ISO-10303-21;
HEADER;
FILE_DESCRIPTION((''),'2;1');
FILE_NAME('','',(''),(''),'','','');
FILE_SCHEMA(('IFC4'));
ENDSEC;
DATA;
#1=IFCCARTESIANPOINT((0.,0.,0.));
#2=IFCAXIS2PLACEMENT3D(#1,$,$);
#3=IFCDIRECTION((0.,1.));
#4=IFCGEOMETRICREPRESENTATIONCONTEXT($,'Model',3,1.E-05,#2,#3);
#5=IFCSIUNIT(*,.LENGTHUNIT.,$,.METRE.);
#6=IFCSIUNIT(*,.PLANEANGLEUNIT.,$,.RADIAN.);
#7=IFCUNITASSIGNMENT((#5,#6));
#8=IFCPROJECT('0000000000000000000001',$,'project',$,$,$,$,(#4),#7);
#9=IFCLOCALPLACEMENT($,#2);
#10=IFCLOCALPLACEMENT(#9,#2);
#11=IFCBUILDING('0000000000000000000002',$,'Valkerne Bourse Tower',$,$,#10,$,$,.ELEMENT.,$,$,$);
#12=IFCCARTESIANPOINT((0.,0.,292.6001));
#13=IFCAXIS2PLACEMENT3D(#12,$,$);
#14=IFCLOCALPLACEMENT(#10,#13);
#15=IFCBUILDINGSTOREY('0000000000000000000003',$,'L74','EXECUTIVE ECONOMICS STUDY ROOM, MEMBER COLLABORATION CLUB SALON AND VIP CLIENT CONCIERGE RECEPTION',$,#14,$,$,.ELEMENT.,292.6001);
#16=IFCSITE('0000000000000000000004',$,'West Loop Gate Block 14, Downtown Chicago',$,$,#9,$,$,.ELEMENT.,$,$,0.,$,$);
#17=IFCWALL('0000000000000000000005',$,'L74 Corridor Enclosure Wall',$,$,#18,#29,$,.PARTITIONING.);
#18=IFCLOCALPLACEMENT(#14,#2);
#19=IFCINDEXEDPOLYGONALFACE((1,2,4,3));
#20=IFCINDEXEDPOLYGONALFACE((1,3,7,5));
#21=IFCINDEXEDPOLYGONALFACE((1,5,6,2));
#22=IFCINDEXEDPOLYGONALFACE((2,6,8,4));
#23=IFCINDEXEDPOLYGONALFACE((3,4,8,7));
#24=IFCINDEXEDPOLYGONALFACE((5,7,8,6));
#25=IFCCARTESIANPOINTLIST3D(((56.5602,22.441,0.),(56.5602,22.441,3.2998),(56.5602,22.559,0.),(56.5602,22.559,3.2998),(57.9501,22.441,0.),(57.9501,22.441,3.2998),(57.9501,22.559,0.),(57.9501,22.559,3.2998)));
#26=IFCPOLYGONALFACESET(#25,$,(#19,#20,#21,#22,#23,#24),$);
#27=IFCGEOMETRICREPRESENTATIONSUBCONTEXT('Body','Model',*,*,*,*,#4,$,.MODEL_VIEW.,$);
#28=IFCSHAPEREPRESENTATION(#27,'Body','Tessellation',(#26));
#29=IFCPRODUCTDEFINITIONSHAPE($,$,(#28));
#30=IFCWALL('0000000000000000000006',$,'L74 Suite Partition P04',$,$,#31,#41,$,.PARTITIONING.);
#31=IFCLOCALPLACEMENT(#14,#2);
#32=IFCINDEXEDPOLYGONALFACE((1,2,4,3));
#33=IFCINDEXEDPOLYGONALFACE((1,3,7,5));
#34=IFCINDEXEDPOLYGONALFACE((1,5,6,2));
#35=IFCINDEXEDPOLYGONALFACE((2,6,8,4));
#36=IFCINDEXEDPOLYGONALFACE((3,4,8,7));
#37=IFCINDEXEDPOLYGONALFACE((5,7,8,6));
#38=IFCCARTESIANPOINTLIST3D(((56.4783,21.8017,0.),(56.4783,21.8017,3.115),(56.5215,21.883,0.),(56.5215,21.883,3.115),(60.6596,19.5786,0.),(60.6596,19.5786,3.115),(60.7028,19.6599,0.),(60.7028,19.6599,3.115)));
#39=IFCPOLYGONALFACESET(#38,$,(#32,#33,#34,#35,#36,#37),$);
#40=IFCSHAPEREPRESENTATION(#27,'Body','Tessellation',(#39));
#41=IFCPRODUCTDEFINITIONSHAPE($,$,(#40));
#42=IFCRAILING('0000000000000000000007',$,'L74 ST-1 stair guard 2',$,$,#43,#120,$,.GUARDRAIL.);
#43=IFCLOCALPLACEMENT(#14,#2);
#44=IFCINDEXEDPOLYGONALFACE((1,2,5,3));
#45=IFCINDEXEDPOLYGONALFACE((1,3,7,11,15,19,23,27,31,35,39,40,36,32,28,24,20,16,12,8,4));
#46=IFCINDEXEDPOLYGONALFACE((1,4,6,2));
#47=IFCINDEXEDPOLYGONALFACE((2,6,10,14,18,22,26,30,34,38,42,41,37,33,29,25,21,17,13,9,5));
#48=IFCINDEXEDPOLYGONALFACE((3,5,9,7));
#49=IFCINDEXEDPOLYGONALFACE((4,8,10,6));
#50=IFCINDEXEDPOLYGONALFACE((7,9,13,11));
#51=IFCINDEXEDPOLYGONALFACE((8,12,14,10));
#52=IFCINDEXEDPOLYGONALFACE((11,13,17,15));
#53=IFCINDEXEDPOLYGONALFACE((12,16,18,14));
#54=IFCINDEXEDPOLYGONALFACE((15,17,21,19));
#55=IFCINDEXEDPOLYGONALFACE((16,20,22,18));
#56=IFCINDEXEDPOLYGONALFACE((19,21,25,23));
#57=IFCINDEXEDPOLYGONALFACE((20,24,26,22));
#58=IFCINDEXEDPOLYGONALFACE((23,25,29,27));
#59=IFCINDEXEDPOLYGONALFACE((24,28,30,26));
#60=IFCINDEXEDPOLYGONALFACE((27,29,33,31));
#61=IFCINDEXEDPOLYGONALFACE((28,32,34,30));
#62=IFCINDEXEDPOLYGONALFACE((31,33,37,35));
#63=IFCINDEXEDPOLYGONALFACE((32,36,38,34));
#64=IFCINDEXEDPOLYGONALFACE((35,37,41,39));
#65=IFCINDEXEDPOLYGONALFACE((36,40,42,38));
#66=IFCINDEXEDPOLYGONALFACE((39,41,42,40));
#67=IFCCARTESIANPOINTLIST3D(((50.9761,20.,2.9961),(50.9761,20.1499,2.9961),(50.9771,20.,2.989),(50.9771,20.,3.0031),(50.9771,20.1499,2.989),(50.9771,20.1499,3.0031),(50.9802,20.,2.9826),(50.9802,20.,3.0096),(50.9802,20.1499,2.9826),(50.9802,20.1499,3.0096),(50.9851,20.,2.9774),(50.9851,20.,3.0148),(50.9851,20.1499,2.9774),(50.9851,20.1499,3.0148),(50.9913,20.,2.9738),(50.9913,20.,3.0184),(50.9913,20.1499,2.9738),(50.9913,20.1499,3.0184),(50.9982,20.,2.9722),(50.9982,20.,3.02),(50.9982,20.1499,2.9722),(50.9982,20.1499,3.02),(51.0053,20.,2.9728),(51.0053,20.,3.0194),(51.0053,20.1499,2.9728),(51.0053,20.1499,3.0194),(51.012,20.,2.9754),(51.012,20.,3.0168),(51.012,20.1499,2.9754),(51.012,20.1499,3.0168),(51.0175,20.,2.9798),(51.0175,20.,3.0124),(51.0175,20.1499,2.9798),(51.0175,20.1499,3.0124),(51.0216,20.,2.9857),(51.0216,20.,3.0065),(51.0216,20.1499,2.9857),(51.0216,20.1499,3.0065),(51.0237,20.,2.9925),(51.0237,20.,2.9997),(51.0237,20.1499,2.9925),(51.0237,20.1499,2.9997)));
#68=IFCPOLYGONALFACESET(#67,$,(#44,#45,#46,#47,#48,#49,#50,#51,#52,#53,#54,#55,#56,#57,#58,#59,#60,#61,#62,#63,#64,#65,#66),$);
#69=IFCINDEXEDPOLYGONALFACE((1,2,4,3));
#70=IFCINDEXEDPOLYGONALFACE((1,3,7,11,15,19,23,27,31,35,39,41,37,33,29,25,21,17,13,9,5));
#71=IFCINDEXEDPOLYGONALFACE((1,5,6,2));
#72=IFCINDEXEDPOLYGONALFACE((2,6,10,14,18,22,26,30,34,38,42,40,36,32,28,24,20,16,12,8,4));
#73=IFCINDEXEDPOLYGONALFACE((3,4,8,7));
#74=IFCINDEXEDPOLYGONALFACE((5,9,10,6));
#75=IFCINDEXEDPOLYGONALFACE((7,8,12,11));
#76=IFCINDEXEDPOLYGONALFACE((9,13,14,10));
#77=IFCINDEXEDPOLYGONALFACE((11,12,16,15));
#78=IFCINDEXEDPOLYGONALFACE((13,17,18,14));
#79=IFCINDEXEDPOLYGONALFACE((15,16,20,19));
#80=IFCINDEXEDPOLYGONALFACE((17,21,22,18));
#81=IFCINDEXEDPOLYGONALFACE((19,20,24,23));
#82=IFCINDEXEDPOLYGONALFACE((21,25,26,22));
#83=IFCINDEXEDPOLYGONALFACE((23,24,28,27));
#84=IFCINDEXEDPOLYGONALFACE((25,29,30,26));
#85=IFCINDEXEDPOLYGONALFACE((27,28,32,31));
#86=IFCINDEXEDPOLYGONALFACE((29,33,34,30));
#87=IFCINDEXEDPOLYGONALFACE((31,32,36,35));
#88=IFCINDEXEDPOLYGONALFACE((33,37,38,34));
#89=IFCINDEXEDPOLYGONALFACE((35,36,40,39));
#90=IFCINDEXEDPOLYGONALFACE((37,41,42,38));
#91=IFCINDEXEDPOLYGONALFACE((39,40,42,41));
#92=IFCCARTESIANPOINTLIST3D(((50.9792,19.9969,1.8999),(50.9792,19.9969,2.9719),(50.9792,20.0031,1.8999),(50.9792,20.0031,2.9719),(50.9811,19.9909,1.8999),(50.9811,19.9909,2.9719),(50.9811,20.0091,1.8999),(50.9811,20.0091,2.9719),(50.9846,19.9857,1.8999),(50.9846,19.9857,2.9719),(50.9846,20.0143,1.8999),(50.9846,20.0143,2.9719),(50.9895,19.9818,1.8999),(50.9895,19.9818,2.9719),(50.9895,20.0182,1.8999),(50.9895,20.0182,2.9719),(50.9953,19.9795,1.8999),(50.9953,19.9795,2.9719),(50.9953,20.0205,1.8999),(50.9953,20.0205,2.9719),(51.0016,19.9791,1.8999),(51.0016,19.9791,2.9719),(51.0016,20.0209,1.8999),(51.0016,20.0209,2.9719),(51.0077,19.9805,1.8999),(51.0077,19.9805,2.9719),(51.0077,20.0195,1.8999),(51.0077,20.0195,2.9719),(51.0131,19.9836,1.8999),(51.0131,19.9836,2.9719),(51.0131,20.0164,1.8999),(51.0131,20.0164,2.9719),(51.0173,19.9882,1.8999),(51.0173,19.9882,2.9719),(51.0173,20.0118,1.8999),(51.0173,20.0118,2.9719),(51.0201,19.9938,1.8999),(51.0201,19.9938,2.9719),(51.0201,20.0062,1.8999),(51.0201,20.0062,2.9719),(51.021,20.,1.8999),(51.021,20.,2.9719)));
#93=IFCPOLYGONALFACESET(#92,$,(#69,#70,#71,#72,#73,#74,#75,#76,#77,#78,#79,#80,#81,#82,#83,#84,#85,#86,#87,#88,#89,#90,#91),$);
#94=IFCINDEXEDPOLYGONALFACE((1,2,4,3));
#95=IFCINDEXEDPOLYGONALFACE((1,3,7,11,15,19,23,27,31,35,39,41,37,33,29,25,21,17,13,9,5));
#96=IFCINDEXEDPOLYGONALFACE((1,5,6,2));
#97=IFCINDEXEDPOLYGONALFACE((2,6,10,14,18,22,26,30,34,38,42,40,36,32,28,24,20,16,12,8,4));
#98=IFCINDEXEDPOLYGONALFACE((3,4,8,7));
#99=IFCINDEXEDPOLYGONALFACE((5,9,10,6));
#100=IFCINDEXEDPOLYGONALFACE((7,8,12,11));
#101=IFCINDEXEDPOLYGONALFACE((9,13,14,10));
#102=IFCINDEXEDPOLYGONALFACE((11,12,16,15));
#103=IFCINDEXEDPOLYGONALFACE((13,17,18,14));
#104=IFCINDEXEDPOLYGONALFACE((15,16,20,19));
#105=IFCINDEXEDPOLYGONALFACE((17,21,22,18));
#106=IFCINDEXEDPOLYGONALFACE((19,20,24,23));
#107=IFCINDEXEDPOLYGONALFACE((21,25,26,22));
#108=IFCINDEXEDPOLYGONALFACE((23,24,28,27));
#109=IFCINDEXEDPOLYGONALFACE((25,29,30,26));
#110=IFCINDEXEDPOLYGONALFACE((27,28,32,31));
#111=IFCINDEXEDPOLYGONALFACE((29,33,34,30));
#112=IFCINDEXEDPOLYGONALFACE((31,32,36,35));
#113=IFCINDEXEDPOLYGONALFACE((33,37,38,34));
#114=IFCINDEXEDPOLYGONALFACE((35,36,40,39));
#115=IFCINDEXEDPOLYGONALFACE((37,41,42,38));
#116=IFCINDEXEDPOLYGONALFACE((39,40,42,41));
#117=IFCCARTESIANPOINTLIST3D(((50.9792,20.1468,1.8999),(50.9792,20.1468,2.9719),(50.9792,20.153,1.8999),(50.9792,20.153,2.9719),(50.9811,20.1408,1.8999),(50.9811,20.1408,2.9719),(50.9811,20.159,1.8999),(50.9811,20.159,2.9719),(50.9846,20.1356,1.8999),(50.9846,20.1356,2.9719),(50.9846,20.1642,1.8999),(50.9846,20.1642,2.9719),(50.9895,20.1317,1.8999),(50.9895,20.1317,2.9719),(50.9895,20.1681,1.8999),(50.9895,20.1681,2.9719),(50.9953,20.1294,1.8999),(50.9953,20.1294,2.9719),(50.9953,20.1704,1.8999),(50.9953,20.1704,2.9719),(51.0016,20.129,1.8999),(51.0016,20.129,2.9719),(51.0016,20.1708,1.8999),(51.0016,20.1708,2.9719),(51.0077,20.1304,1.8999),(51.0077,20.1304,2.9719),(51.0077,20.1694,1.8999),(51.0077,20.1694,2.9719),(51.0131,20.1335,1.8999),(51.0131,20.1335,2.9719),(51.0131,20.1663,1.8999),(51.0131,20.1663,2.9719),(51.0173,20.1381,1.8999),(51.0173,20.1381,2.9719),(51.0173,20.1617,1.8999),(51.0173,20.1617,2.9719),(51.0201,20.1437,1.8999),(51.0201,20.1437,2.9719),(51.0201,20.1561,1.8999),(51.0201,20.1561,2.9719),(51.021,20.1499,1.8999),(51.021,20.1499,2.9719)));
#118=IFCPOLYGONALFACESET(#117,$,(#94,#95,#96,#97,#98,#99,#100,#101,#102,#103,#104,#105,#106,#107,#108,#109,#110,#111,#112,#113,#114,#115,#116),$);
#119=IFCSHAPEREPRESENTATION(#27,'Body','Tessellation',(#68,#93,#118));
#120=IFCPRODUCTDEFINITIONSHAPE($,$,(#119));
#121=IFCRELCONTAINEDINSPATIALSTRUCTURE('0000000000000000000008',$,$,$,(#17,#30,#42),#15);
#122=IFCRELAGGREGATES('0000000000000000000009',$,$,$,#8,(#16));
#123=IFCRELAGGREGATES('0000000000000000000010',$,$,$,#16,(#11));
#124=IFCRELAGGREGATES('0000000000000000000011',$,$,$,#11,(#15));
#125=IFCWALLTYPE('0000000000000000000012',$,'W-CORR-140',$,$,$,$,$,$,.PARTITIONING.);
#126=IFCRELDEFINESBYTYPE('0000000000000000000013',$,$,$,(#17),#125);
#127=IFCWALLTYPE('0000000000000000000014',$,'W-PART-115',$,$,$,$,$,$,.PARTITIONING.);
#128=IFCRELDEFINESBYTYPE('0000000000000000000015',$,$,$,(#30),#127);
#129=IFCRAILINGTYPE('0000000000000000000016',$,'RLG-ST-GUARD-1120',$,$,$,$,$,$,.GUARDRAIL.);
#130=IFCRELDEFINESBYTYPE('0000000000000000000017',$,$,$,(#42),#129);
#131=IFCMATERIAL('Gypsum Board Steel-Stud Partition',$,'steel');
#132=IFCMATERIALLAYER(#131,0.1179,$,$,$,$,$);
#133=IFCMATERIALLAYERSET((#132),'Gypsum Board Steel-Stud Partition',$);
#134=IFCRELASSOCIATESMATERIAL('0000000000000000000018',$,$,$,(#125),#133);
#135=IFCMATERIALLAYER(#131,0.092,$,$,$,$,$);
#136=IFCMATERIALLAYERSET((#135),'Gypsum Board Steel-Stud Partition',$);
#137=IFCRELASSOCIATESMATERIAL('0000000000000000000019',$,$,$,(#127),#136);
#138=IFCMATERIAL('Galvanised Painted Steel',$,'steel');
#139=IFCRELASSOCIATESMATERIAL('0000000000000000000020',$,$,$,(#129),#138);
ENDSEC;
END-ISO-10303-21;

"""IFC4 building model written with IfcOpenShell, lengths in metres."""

from ifc_helpers import new_model, si_unit, direction, frame, frame_2d, origin, origin_2d, place, context, subcontext, project, spatial, rectangle, circle, extrude, material, layer, layer_set, type_object, element, save


model = new_model("IFC4")

# Units and contexts
model_context = context("Model", 3, precision=1e-05, world=origin(), true_north=direction((0.0, 1.0)))
body_context = subcontext(model_context, "Body", "Model", "MODEL_VIEW")
ifc_project = project(units=[si_unit("LENGTHUNIT", "METRE"), si_unit("PLANEANGLEUNIT", "RADIAN")], contexts=[model_context])

# Site, building, storey
site_placement = place(None, origin())
site = spatial("IfcSite", under=ifc_project, at=site_placement, Name="West Loop Gate Block 14, Downtown Chicago", CompositionType="ELEMENT", RefElevation=0.0)
building_placement = place(site_placement, origin())
building = spatial("IfcBuilding", under=site, at=building_placement, Name="Valkerne Bourse Tower", CompositionType="ELEMENT")
storey_placement = place(building_placement, frame((0.0, 0.0, 292.6001)))
storey = spatial("IfcBuildingStorey", under=building, at=storey_placement, Name="L74", Description="EXECUTIVE ECONOMICS STUDY ROOM, MEMBER COLLABORATION CLUB SALON AND VIP CLIENT CONCIERGE RECEPTION", CompositionType="ELEMENT", Elevation=292.6001)

# Shared definitions
ifc_material_1 = material(Name="Gypsum Board Steel-Stud Partition", Category="steel")
ifc_layer_1 = layer(ifc_material_1, 0.1179)
ifc_layer_set_1 = layer_set([ifc_layer_1], Name="Gypsum Board Steel-Stud Partition")
wall_type_1 = type_object("IfcWallType", Name="W-CORR-140", PredefinedType="PARTITIONING", material=ifc_layer_set_1)

# Wall
wall_1_placement = place(storey_placement, frame((57.95, 22.5, 0.0), z_axis=(0.0, 0.0, 1.0), x_axis=(-1.0, 0.0, 0.0)))
element("IfcWall", 1, at=wall_1_placement, inside=storey, type_object=wall_type_1, Name="L74 Corridor Enclosure Wall", PredefinedType="PARTITIONING", context=body_context, shape_type="SweptSolid", body=[
    extrude(rectangle(XDim=1.3899, YDim=0.1179, at=frame_2d((0.6948, 0.0))), origin(), (0.0, 0.0, 1.0), 3.2998),
])

# Wall
ifc_layer_2 = layer(ifc_material_1, 0.092)
ifc_layer_set_2 = layer_set([ifc_layer_2], Name="Gypsum Board Steel-Stud Partition")
wall_type_2 = type_object("IfcWallType", Name="W-PART-115", PredefinedType="PARTITIONING", material=ifc_layer_set_2)
wall_2_placement = place(storey_placement, frame((56.5, 21.8423, 0.0), z_axis=(0.0, 0.0, 1.0), x_axis=(0.88296, -0.469448, 0.0)))
element("IfcWall", 2, at=wall_2_placement, inside=storey, type_object=wall_type_2, Name="L74 Suite Partition P04", PredefinedType="PARTITIONING", context=body_context, shape_type="SweptSolid", body=[
    extrude(rectangle(XDim=4.7356, YDim=0.092, at=frame_2d((2.3677, 0.0))), origin(), (0.0, 0.0, 1.0), 3.115),
])

# Railing
ifc_material_2 = material(Name="Galvanised Painted Steel", Category="steel")
railing_type_1 = type_object("IfcRailingType", Name="RLG-ST-GUARD-1120", PredefinedType="GUARDRAIL", material=ifc_material_2)
railing_1_placement = place(storey_placement, frame((51.0, 20.0, 1.8999)))
element("IfcRailing", 3, at=railing_1_placement, inside=storey, type_object=railing_type_1, Name="L74 ST-1 stair guard 2", PredefinedType="GUARDRAIL", context=body_context, shape_type="SweptSolid", body=[
    extrude(circle(Radius=0.0239, at=origin_2d()), frame((0.0, 0.0, 1.0962), z_axis=(0.0, 1.0, 0.0), x_axis=(-1.0, 0.0, 0.0)), (0.0, 0.0, 1.0), 0.1499),
    extrude(circle(Radius=0.021, at=origin_2d()), origin(), (0.0, 0.0, 1.0), 1.072),
    extrude(circle(Radius=0.021, at=origin_2d()), frame((0.0, 0.1499, 0.0)), (0.0, 0.0, 1.0), 1.072),
])

save(model, "model.ifc")
